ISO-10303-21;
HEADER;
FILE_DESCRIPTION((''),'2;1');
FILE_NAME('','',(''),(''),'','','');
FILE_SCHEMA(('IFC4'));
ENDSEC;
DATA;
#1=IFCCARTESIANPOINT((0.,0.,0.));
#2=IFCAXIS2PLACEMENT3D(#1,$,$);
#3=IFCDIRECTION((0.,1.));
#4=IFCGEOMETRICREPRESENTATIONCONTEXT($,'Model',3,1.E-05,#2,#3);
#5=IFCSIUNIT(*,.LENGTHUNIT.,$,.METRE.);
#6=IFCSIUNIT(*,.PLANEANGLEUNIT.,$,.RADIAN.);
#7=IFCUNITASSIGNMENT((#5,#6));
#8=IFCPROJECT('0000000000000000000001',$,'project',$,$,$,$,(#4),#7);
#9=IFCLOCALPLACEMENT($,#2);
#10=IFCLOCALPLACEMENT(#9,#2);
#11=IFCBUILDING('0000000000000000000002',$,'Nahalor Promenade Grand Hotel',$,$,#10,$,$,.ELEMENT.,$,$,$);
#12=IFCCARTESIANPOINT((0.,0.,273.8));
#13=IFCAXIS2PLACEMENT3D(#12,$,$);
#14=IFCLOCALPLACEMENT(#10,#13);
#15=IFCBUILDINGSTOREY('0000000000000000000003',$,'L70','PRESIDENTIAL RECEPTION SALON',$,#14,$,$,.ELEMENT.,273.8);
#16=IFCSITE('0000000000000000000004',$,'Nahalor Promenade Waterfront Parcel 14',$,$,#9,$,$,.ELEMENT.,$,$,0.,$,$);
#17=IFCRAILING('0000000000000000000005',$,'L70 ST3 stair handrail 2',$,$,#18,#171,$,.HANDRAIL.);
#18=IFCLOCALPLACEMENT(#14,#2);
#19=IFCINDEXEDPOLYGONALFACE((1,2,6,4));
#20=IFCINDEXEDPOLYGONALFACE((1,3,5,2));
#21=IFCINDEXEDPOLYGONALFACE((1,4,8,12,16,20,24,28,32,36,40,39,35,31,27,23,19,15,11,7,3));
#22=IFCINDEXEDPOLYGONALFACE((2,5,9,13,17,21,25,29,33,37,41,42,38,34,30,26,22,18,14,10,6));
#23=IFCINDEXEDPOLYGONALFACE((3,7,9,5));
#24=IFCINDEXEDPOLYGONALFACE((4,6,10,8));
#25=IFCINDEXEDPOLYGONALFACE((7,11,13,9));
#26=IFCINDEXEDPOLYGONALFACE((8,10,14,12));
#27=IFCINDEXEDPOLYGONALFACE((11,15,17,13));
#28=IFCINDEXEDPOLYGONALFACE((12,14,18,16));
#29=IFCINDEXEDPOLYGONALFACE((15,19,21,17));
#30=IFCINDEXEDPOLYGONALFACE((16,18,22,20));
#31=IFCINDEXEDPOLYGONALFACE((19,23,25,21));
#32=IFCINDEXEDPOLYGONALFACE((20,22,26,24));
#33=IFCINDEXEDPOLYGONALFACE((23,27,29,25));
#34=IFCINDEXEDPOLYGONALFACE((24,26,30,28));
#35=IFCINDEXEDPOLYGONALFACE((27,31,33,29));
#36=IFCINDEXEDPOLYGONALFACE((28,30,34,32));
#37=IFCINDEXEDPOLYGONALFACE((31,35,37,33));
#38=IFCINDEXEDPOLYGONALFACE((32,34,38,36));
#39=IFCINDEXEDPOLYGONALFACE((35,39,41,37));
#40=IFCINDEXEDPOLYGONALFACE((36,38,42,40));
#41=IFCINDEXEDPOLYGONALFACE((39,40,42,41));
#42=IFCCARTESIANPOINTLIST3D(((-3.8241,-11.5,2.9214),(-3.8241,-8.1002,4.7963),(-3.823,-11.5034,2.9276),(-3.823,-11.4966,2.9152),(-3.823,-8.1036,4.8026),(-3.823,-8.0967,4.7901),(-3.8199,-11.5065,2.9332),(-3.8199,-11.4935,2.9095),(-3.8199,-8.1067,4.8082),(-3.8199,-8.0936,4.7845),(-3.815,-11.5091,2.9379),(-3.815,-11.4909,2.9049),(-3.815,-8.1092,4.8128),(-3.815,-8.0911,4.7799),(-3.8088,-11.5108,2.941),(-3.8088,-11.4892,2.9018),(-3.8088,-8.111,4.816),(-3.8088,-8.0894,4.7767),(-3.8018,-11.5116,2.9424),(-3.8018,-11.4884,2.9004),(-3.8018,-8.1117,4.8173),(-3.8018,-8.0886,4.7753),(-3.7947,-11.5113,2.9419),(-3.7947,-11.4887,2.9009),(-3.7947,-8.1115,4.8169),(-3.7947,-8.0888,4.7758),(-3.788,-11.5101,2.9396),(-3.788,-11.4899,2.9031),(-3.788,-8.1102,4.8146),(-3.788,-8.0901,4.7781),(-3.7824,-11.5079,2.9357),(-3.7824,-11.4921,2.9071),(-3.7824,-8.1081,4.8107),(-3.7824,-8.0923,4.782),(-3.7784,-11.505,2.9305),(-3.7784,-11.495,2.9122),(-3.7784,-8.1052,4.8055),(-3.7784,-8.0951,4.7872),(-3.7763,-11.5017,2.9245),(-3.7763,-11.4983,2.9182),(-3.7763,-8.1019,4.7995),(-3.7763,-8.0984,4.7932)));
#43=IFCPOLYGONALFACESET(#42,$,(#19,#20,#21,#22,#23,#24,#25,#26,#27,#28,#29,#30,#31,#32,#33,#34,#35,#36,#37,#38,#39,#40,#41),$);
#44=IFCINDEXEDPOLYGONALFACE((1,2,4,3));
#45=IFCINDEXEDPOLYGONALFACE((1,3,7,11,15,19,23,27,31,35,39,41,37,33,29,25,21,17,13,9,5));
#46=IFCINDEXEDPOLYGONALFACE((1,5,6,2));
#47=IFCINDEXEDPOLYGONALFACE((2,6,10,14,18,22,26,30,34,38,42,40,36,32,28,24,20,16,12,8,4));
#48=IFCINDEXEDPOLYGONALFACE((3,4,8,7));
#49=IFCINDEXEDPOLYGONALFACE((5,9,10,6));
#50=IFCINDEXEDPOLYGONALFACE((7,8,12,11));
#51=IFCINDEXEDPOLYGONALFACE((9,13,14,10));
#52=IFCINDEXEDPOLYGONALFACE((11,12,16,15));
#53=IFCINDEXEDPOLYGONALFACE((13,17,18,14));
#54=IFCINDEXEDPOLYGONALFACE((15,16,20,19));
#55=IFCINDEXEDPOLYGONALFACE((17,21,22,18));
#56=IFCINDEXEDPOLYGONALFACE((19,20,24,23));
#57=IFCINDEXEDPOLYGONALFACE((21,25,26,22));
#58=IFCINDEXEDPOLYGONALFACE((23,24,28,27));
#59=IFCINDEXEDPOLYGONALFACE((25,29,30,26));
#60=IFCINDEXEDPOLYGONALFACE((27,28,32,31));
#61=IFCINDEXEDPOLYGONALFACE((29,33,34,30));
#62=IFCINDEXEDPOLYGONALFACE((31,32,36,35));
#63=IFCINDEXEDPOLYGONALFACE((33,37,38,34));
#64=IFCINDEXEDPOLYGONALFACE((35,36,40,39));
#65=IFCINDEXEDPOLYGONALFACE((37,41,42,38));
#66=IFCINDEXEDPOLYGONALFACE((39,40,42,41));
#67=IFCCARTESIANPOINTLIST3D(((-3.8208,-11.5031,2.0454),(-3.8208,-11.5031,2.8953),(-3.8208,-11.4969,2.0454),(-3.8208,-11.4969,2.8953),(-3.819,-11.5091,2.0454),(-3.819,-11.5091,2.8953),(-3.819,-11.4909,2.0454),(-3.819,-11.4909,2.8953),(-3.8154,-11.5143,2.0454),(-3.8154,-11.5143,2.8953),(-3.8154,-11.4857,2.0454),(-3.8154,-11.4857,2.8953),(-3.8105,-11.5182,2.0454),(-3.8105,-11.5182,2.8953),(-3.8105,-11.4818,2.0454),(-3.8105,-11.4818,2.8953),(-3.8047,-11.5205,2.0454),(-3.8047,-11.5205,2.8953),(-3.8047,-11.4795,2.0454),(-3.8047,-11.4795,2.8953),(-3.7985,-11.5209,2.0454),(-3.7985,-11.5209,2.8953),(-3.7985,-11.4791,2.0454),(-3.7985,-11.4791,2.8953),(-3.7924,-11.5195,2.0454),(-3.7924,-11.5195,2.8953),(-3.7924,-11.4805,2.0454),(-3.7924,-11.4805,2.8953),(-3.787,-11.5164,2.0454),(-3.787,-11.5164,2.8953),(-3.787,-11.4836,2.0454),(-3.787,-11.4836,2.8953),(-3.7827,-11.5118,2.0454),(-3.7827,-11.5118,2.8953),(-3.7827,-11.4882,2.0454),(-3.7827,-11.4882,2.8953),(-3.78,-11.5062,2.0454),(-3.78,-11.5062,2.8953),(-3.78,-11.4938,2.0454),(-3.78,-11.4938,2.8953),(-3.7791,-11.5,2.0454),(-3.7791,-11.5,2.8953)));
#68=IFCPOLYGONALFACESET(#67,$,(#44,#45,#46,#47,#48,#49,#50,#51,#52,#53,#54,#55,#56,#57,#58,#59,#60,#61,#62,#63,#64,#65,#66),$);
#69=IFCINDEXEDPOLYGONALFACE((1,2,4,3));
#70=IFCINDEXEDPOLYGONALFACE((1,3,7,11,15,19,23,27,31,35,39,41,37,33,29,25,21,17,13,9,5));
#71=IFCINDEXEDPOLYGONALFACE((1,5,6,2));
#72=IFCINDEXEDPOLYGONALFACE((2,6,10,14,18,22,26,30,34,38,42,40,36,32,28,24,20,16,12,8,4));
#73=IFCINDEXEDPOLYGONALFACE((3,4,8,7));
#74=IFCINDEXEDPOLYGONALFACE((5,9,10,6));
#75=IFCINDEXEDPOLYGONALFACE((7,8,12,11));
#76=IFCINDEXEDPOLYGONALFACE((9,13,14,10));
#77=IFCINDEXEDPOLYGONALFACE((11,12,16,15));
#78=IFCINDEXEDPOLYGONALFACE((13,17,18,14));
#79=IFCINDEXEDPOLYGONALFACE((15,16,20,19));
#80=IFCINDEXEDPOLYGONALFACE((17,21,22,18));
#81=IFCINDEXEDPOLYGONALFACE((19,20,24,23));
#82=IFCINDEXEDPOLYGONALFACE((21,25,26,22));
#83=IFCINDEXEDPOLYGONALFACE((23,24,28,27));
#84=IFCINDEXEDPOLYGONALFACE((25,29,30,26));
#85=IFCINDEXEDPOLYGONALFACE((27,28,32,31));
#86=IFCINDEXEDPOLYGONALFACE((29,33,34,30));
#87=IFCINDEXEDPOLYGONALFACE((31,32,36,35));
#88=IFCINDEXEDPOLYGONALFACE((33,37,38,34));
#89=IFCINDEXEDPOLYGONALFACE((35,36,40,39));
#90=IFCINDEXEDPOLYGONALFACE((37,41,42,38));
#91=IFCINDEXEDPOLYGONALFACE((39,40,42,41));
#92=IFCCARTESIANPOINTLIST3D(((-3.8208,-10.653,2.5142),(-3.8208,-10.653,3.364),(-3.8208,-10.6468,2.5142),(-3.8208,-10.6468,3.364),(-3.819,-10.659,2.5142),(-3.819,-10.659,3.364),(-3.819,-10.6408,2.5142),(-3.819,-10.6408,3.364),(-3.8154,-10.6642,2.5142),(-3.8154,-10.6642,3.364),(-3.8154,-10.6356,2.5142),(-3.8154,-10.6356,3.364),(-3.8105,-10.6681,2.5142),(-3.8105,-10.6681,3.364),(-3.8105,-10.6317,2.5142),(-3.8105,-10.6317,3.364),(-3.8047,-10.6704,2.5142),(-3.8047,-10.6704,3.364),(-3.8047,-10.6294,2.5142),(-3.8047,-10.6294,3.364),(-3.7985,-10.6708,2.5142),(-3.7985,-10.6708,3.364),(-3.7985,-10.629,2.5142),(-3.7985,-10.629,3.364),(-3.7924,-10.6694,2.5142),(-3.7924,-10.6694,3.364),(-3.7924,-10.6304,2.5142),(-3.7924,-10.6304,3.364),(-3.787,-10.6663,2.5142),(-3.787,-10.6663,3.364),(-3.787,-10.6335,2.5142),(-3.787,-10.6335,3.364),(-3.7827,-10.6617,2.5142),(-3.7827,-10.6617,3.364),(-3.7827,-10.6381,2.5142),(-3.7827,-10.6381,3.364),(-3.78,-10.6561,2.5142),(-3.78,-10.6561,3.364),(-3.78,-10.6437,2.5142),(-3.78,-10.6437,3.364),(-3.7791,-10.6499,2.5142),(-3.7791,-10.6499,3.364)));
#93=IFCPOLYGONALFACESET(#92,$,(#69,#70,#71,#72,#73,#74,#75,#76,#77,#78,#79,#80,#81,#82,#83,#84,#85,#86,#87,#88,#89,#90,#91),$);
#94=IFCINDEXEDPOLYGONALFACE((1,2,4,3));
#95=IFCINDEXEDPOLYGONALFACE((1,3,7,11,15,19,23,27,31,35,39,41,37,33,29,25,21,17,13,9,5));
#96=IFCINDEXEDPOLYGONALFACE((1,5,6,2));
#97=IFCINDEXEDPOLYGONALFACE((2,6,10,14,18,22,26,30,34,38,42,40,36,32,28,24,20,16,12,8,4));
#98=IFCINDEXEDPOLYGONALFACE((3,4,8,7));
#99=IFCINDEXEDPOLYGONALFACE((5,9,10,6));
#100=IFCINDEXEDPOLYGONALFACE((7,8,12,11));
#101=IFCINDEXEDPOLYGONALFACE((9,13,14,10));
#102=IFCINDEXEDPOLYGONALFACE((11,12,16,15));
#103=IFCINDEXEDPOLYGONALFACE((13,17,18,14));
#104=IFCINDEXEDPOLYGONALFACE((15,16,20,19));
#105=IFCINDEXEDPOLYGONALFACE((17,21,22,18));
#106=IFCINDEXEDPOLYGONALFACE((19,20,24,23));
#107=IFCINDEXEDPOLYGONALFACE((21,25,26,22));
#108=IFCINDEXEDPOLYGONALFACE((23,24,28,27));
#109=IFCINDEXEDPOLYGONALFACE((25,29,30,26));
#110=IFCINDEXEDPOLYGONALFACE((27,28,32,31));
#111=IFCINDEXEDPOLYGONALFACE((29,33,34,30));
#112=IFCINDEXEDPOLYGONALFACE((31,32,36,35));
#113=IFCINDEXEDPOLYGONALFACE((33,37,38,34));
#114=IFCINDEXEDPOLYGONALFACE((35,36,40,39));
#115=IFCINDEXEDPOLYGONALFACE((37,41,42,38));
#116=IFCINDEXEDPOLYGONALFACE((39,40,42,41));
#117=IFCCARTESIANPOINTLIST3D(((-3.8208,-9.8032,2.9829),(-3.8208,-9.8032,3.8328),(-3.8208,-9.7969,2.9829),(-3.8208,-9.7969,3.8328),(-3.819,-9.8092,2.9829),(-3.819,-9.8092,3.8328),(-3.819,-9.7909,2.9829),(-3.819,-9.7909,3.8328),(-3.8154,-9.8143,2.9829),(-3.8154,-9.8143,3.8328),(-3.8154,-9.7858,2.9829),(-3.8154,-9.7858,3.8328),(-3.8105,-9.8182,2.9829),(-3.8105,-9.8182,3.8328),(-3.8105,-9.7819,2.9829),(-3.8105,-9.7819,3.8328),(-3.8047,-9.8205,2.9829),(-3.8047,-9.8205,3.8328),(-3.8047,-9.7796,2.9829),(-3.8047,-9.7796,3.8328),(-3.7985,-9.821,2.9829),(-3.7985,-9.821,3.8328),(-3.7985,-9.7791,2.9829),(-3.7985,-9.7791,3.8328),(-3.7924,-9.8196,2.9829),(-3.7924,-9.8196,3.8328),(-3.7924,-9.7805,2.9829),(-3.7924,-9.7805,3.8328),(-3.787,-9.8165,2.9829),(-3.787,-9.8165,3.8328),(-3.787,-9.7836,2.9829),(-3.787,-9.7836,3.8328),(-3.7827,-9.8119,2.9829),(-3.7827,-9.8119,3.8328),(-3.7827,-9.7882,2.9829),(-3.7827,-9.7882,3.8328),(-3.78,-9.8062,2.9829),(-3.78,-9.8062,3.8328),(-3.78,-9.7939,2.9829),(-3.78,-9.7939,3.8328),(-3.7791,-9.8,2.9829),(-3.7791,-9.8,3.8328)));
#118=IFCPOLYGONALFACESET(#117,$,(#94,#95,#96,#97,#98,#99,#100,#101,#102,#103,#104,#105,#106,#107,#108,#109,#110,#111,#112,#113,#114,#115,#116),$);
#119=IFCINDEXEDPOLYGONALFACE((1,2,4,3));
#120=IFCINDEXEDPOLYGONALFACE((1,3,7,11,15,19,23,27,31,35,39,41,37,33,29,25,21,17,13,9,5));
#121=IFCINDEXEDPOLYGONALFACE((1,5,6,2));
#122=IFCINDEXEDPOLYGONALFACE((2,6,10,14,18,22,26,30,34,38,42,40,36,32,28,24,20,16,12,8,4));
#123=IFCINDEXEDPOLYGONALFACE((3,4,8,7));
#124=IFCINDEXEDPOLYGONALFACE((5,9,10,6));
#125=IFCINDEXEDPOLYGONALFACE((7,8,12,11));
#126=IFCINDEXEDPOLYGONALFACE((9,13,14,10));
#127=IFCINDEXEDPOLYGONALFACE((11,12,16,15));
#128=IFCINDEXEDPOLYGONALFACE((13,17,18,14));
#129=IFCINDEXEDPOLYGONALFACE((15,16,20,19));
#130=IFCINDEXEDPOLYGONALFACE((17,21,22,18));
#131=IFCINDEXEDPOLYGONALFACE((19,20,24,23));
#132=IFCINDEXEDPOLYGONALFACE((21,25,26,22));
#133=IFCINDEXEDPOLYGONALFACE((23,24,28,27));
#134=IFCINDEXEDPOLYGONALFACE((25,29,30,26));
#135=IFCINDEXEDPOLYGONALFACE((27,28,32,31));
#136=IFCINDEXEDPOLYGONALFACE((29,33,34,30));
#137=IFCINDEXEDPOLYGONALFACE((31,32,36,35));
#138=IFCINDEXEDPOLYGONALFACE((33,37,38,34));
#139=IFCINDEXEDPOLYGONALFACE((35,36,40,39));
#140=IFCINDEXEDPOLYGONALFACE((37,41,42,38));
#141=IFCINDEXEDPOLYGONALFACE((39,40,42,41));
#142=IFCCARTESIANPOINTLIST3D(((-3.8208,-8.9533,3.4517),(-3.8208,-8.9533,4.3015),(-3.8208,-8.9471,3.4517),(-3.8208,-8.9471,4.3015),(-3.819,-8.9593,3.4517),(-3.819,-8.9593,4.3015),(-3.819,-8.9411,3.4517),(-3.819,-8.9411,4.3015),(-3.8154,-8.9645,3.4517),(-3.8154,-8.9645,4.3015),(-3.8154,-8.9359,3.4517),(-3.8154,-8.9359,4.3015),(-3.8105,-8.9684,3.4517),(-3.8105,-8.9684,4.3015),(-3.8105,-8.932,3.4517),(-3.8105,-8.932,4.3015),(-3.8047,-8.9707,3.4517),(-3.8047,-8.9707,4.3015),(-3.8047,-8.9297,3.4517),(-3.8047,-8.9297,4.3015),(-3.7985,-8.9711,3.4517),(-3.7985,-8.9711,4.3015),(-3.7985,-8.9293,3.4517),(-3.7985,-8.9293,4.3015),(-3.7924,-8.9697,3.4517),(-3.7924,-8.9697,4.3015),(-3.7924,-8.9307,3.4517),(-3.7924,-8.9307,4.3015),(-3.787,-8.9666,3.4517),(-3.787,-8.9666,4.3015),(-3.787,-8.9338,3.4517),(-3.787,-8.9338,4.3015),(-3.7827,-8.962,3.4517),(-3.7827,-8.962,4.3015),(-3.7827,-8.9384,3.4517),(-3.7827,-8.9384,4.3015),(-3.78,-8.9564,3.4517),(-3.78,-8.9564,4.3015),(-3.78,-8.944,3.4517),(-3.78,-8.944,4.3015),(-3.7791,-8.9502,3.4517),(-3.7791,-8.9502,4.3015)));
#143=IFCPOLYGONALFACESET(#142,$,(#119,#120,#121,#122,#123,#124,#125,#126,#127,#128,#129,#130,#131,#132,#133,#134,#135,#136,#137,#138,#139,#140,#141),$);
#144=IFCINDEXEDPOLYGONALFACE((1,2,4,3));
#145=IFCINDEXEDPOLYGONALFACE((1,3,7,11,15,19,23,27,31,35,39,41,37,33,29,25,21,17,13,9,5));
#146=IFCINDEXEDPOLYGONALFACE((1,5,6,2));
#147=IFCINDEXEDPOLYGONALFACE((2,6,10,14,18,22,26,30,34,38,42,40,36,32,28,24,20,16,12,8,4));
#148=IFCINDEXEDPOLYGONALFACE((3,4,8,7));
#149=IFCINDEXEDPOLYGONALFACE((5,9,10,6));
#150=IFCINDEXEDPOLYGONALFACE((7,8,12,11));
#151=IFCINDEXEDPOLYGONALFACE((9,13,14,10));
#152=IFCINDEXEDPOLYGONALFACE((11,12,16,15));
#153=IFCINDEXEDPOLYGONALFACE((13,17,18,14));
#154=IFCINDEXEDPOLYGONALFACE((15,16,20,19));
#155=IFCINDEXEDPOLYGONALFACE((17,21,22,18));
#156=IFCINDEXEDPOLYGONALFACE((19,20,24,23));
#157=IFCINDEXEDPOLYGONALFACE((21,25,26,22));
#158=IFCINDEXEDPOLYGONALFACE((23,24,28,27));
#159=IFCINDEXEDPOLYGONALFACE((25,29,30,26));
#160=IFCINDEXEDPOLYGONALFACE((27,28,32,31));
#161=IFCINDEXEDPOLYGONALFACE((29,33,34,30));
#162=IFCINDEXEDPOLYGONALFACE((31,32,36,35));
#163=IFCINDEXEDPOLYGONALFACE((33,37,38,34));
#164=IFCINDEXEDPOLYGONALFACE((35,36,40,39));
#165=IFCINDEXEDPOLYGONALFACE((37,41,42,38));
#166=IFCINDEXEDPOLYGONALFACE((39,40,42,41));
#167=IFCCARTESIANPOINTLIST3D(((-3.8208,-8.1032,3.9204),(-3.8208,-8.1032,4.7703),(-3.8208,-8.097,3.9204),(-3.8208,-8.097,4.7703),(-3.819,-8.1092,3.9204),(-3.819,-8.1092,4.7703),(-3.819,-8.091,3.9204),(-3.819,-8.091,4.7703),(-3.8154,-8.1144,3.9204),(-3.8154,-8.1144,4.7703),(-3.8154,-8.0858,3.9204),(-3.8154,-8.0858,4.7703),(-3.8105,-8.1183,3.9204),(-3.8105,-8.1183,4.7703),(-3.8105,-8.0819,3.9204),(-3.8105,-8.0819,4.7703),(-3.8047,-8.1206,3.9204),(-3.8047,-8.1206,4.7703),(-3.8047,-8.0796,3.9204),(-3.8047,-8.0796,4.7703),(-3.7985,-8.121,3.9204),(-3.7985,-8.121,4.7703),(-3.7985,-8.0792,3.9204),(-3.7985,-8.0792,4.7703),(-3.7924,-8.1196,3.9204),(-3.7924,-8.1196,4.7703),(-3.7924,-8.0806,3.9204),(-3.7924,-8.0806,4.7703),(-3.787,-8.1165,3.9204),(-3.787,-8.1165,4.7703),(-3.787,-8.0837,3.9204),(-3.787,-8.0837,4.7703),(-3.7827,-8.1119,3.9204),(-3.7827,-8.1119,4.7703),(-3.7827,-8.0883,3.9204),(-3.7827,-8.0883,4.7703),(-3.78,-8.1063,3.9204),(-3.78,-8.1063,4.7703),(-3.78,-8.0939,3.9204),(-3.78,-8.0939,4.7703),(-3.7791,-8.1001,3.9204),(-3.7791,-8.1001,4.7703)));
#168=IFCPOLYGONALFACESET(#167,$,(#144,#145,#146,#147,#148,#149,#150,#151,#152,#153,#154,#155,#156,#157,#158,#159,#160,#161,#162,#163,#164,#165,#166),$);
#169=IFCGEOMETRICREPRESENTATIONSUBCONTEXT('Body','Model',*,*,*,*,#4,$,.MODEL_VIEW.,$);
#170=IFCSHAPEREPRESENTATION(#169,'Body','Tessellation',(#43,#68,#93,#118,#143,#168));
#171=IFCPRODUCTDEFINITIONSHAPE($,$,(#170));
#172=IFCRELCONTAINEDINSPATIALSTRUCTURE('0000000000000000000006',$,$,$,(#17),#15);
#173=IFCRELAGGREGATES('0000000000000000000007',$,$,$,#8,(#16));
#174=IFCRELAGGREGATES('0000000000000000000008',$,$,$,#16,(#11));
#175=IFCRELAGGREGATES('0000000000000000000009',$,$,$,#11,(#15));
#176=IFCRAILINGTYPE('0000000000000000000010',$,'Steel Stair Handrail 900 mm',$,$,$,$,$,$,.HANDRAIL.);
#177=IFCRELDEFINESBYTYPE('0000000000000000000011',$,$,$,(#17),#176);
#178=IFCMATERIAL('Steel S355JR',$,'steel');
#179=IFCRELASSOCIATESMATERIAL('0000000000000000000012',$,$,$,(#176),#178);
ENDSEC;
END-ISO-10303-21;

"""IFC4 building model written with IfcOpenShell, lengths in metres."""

from ifc_helpers import new_model, si_unit, direction, frame, origin, origin_2d, place, context, subcontext, project, spatial, circle, extrude, material, type_object, element, save


model = new_model("IFC4")

# Units and contexts
model_context = context("Model", 3, precision=1e-05, world=origin(), true_north=direction((0.0, 1.0)))
body_context = subcontext(model_context, "Body", "Model", "MODEL_VIEW")
ifc_project = project(units=[si_unit("LENGTHUNIT", "METRE"), si_unit("PLANEANGLEUNIT", "RADIAN")], contexts=[model_context])

# Site, building, storey
site_placement = place(None, origin())
site = spatial("IfcSite", under=ifc_project, at=site_placement, Name="Nahalor Promenade Waterfront Parcel 14", CompositionType="ELEMENT", RefElevation=0.0)
building_placement = place(site_placement, origin())
building = spatial("IfcBuilding", under=site, at=building_placement, Name="Nahalor Promenade Grand Hotel", CompositionType="ELEMENT")
storey_placement = place(building_placement, frame((0.0, 0.0, 273.8)))
storey = spatial("IfcBuildingStorey", under=building, at=storey_placement, Name="L70", Description="PRESIDENTIAL RECEPTION SALON", CompositionType="ELEMENT", Elevation=273.8)

# Shared definitions
ifc_material_1 = material(Name="Steel S355JR", Category="steel")

# Railing
railing_type_1 = type_object("IfcRailingType", Name="Steel Stair Handrail 900 mm", PredefinedType="HANDRAIL", material=ifc_material_1)
railing_1_placement = place(storey_placement, frame((-3.8, -11.5, 2.0454)))
element("IfcRailing", 1, at=railing_1_placement, inside=storey, type_object=railing_type_1, Name="L70 ST3 stair handrail 2", PredefinedType="HANDRAIL", context=body_context, shape_type="SweptSolid", body=[
    extrude(circle(Radius=0.024, at=origin_2d()), frame((0.0, 0.0, 0.876), z_axis=(0.0, 0.875666, 0.482918), x_axis=(-1.0, 0.0, 0.0)), (0.0, 0.0, 1.0), 3.8826),
    extrude(circle(Radius=0.021, at=origin_2d()), origin(), (0.0, 0.0, 1.0), 0.8499),
    extrude(circle(Radius=0.021, at=origin_2d()), frame((0.0, 0.8501, 0.4688)), (0.0, 0.0, 1.0), 0.8499),
    extrude(circle(Radius=0.021, at=origin_2d()), frame((0.0, 1.7, 0.9375)), (0.0, 0.0, 1.0), 0.8499),
    extrude(circle(Radius=0.021, at=origin_2d()), frame((0.0, 2.5498, 1.4062)), (0.0, 0.0, 1.0), 0.8499),
    extrude(circle(Radius=0.021, at=origin_2d()), frame((0.0, 3.3999, 1.875)), (0.0, 0.0, 1.0), 0.8499),
])

save(model, "model.ifc")
